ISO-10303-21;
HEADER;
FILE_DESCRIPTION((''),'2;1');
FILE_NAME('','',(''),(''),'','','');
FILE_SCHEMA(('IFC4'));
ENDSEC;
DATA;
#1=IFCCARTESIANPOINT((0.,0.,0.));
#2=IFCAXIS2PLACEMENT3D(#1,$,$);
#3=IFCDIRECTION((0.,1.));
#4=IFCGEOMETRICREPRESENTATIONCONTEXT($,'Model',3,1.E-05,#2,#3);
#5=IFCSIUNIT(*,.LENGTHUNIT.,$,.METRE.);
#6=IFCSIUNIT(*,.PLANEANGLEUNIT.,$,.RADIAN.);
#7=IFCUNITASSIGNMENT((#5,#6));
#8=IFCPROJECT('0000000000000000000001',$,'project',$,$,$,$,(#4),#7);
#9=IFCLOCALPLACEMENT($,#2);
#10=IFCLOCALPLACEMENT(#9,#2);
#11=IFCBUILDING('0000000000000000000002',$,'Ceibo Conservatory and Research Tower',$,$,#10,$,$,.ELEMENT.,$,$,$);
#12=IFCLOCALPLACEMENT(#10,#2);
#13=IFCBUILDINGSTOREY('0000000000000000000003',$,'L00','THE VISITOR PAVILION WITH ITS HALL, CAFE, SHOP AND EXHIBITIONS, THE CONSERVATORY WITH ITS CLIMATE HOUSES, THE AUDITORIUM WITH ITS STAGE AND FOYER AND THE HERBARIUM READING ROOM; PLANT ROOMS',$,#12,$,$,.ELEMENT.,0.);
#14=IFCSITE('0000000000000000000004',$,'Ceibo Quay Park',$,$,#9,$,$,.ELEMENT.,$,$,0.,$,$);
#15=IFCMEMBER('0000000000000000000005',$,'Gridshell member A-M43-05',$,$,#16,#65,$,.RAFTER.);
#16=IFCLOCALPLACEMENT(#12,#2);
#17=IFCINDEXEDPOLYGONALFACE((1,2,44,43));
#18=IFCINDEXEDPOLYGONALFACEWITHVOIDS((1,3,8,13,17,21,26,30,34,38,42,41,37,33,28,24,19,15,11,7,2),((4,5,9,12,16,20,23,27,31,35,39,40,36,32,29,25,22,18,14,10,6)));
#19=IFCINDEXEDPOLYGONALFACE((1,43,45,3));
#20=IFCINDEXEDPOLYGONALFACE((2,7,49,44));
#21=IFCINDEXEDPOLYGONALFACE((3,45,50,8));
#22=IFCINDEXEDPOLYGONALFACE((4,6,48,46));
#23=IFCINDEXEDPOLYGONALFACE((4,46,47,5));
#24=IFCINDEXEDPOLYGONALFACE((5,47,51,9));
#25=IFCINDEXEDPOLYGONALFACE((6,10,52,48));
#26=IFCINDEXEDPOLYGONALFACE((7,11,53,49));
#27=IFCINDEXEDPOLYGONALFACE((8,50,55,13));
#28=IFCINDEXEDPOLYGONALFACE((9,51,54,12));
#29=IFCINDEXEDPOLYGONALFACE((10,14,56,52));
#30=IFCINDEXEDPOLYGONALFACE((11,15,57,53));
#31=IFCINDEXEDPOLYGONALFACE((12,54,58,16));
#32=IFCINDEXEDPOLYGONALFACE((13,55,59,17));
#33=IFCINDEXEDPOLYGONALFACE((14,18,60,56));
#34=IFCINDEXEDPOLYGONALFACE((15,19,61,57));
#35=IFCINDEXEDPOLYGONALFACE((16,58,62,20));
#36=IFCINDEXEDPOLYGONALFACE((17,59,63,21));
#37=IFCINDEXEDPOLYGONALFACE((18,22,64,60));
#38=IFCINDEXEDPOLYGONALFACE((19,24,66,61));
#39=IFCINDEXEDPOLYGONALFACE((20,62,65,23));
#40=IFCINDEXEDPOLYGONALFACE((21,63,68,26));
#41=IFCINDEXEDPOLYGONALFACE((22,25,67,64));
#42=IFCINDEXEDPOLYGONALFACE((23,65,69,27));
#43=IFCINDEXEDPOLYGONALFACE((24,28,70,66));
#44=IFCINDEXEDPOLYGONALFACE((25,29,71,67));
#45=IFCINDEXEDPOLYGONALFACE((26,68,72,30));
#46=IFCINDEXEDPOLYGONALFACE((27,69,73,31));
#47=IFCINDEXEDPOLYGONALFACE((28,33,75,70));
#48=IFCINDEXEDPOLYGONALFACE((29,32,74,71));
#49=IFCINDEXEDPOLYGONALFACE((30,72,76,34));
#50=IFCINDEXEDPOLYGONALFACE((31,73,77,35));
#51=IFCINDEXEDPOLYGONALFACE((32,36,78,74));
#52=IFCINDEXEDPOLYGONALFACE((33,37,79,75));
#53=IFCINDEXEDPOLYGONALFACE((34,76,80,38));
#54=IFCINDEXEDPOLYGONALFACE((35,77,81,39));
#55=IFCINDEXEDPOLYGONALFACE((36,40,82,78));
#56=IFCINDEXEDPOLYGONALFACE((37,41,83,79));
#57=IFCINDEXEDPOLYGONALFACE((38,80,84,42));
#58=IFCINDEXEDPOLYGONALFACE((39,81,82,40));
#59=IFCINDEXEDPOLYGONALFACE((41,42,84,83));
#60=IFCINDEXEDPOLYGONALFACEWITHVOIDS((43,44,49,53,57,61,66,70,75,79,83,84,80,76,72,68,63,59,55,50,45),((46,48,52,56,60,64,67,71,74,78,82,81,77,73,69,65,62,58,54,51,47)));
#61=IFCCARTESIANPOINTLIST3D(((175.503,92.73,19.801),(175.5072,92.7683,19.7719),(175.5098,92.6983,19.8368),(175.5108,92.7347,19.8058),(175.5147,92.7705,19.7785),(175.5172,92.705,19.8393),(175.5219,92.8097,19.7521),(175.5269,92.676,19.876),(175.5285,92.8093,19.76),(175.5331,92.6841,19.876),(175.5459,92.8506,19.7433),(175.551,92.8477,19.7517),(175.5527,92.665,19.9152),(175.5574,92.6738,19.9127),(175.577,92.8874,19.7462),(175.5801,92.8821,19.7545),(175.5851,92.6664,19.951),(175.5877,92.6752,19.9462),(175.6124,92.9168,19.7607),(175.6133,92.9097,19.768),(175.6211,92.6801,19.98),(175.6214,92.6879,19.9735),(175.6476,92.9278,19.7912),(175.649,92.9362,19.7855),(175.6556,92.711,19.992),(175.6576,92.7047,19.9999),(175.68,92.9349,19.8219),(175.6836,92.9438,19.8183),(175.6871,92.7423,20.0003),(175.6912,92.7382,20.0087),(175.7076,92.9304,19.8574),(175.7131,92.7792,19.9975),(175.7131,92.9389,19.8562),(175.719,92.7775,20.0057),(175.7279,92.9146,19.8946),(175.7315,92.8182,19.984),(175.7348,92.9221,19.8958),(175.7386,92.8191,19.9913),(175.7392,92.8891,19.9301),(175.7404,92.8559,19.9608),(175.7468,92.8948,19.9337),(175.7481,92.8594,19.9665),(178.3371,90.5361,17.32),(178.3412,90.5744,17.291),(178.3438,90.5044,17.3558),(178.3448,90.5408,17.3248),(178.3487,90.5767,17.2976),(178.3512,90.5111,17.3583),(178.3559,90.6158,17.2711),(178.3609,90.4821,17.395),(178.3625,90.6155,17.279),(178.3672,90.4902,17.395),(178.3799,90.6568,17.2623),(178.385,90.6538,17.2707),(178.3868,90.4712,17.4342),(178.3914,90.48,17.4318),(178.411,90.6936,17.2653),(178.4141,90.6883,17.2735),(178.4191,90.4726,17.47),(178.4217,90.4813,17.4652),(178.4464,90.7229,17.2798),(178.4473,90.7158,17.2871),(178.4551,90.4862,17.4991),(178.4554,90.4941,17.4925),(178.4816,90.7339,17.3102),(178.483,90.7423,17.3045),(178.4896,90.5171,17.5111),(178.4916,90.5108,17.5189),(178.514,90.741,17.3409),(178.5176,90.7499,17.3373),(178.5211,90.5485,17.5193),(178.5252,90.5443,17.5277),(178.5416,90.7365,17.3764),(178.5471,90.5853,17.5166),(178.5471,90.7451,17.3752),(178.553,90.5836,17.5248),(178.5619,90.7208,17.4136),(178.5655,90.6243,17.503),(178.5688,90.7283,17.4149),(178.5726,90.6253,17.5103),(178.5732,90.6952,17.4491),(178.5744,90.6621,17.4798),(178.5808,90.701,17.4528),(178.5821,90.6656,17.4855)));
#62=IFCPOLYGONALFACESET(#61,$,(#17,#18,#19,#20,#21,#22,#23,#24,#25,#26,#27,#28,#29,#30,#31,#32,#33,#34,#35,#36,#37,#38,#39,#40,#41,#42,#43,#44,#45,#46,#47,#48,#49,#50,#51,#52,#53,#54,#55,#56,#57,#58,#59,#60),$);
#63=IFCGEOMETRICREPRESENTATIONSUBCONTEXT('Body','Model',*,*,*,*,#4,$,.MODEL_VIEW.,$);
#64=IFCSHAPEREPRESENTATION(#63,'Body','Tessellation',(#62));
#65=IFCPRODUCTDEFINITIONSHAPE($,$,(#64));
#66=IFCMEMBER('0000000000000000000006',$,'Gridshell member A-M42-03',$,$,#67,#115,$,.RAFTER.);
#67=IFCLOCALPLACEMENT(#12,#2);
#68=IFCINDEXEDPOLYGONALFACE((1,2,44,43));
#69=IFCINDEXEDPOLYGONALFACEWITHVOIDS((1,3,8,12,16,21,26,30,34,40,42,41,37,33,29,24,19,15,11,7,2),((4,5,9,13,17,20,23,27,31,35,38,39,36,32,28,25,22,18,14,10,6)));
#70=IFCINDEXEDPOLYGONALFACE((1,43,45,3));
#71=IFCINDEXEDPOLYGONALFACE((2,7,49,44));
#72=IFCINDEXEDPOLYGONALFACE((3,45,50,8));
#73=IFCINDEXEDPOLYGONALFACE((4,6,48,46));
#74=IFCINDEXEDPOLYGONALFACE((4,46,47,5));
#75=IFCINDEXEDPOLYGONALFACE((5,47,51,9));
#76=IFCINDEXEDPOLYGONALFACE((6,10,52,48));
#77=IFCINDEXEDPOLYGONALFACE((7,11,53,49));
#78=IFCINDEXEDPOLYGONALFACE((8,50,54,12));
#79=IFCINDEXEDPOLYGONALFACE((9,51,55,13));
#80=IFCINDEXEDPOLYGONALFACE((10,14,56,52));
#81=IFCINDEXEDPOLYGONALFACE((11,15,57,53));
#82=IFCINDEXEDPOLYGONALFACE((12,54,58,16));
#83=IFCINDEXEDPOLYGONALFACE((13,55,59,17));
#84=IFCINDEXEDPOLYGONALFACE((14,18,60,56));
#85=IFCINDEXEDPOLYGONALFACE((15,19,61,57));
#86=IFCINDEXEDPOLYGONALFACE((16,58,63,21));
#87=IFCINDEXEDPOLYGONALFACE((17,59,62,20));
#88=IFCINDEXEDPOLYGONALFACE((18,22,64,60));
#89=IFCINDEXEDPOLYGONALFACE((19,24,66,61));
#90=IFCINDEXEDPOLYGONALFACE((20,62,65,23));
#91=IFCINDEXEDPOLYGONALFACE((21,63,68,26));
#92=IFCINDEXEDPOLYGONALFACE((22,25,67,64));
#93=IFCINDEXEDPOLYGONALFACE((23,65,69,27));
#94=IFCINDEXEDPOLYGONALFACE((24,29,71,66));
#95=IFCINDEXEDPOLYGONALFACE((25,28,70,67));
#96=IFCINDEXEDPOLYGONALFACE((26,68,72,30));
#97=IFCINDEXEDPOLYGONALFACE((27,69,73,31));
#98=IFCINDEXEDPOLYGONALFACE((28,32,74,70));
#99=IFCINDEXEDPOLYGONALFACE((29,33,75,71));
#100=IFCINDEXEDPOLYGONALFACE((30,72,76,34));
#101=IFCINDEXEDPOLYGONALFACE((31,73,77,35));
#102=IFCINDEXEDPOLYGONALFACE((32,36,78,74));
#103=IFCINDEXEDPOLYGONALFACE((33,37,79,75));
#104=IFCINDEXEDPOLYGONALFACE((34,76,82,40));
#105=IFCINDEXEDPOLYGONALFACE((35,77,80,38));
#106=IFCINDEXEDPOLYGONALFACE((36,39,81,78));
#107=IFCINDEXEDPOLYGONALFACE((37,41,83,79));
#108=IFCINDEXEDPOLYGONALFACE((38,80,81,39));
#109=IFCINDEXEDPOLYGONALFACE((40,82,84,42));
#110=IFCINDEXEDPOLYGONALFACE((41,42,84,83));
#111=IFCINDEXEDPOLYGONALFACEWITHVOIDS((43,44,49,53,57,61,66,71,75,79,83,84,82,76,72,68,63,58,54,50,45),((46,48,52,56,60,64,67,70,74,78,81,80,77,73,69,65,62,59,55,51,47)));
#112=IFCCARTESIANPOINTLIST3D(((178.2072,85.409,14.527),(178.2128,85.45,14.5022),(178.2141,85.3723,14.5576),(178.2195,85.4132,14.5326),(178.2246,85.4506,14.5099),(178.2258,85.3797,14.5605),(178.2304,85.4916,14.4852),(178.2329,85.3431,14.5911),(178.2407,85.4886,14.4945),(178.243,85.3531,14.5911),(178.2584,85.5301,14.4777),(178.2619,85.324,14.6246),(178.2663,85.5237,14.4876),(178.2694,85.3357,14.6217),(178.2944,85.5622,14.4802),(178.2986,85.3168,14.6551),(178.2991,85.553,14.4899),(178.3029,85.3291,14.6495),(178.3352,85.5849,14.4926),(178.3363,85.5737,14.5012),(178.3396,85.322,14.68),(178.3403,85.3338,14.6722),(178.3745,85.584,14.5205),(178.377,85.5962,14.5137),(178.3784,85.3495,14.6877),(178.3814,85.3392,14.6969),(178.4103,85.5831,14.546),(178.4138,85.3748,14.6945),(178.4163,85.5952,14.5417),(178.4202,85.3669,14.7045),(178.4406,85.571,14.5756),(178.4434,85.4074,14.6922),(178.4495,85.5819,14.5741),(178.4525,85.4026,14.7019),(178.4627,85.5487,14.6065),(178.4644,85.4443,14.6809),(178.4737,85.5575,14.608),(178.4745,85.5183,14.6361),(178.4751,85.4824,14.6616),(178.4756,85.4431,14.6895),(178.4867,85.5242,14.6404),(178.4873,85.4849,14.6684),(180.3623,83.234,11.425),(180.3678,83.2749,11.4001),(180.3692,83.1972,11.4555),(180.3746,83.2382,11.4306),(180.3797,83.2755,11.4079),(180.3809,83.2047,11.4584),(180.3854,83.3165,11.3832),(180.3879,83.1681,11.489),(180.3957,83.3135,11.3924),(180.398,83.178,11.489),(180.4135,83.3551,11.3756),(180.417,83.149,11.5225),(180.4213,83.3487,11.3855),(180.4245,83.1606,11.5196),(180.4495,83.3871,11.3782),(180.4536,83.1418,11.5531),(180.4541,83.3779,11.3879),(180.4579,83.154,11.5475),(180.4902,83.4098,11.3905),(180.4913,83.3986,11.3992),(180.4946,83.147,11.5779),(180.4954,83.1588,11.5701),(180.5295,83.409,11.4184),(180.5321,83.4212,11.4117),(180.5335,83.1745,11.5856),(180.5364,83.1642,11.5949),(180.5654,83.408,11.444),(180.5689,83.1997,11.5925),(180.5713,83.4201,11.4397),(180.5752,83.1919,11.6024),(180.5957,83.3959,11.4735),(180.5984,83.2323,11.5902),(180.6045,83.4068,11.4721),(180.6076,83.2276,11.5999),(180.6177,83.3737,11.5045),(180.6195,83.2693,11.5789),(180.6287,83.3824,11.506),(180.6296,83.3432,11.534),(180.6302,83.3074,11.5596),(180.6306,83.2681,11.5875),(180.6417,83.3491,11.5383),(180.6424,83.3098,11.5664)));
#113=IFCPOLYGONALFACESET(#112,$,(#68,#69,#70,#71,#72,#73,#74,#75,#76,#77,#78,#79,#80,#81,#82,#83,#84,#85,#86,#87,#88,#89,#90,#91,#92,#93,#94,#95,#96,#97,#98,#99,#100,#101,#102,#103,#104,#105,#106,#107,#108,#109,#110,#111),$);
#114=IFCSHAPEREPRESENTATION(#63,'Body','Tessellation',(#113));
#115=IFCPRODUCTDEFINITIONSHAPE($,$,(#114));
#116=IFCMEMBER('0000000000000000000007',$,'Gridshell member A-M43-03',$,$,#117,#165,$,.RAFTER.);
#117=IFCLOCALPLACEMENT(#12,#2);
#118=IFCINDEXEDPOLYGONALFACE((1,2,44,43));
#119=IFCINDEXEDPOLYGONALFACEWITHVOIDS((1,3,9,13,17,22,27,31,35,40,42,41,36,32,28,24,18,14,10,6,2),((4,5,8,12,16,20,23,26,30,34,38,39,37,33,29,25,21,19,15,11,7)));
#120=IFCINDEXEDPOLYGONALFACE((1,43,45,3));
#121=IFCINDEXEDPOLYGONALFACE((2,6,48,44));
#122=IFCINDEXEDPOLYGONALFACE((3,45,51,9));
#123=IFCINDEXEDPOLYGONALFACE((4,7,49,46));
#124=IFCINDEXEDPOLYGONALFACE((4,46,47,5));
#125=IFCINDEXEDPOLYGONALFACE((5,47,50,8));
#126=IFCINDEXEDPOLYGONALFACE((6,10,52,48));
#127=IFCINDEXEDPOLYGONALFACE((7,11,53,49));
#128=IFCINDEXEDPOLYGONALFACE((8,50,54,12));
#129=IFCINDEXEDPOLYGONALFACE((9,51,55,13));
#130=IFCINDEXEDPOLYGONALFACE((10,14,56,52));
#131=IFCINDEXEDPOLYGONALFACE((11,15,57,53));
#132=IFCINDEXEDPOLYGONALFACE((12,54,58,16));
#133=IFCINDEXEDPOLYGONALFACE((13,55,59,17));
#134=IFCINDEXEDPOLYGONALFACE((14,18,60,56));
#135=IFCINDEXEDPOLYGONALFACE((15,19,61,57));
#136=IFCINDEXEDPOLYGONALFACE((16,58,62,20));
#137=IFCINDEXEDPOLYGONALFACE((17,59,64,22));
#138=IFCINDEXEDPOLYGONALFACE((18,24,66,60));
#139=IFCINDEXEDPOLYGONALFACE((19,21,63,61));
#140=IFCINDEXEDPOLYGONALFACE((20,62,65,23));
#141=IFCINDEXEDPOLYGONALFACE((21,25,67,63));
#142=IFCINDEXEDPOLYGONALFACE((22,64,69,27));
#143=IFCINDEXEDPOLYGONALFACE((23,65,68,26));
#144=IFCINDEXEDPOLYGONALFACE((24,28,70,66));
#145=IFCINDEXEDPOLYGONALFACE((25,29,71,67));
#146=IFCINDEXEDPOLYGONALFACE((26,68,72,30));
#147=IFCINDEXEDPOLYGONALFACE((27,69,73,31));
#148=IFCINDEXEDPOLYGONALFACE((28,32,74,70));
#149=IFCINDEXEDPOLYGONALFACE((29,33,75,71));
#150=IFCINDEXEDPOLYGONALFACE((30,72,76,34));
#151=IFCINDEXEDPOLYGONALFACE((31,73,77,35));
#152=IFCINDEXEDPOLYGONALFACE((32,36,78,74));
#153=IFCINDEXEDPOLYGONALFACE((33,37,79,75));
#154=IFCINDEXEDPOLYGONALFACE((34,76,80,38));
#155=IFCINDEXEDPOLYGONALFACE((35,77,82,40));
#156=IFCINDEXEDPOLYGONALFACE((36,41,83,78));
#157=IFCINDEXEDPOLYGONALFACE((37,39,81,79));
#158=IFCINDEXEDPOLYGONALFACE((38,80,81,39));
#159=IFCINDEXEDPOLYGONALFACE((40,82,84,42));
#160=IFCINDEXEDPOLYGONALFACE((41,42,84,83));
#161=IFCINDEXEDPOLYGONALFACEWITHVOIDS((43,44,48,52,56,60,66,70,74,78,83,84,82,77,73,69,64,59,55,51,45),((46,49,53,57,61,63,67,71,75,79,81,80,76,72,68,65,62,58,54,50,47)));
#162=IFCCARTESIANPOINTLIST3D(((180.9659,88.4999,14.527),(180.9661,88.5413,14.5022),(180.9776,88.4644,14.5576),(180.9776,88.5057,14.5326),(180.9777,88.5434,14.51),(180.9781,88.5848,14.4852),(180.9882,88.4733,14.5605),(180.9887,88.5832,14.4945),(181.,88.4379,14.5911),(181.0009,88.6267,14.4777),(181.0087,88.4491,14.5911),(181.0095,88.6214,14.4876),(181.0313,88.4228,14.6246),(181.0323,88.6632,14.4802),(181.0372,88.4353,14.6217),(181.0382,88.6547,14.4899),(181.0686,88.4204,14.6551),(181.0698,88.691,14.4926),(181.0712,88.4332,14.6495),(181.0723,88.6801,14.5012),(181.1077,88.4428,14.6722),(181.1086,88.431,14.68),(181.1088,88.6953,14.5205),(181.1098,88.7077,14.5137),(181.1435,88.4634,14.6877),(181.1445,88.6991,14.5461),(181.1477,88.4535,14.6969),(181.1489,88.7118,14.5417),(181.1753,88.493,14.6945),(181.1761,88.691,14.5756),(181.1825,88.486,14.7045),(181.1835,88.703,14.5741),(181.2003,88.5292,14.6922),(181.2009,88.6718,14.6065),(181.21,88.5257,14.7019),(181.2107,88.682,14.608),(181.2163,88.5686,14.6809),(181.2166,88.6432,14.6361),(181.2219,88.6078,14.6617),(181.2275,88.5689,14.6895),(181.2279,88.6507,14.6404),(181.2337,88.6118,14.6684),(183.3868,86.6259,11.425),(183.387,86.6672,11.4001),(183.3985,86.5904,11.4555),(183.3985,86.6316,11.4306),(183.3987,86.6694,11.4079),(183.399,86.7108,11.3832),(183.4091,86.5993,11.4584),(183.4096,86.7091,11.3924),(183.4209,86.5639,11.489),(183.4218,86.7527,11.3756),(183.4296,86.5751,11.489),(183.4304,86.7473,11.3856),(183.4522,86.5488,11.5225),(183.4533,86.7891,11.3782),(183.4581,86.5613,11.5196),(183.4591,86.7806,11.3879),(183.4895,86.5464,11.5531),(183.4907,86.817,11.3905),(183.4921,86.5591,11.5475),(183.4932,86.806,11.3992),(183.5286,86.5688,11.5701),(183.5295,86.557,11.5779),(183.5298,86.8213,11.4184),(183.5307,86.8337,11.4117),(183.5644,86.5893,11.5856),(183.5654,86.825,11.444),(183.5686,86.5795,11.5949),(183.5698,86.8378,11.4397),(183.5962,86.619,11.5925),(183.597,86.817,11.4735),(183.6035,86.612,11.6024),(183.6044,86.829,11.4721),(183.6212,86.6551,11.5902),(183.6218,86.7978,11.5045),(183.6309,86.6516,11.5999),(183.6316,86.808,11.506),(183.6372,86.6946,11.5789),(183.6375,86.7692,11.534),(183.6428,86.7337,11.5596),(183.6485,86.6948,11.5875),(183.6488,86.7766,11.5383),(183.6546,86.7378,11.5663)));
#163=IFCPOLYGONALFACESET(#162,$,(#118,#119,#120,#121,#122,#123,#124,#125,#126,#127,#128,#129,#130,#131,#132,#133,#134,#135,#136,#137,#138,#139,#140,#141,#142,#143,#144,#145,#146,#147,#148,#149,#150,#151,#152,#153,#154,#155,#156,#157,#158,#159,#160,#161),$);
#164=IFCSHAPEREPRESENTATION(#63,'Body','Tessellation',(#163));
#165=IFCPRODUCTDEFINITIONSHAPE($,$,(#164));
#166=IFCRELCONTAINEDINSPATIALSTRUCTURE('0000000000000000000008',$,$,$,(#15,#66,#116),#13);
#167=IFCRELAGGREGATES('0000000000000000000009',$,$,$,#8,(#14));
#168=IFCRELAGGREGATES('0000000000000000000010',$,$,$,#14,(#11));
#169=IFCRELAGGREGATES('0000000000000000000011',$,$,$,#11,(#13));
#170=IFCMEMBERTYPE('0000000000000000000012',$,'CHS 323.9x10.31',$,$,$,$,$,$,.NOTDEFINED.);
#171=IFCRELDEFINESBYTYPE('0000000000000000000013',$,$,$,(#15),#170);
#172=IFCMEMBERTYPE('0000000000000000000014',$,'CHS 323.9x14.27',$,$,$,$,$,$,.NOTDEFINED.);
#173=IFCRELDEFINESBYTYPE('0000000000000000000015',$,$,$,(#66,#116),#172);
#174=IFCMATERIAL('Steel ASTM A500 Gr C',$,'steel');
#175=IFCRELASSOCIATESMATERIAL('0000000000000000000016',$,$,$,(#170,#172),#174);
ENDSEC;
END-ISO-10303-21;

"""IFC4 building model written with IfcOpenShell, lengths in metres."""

from ifc_helpers import new_model, si_unit, direction, frame, origin, origin_2d, place, context, subcontext, project, spatial, hollow_circle, extrude, material, material_profile, profile_set, type_object, element, save


model = new_model("IFC4")

# Units and contexts
model_context = context("Model", 3, precision=1e-05, world=origin(), true_north=direction((0.0, 1.0)))
body_context = subcontext(model_context, "Body", "Model", "MODEL_VIEW")
ifc_project = project(units=[si_unit("LENGTHUNIT", "METRE"), si_unit("PLANEANGLEUNIT", "RADIAN")], contexts=[model_context])

# Site, building, storey
site_placement = place(None, origin())
site = spatial("IfcSite", under=ifc_project, at=site_placement, Name="Ceibo Quay Park", CompositionType="ELEMENT", RefElevation=0.0)
building_placement = place(site_placement, origin())
building = spatial("IfcBuilding", under=site, at=building_placement, Name="Ceibo Conservatory and Research Tower", CompositionType="ELEMENT")
storey_placement = place(building_placement, origin())
storey = spatial("IfcBuildingStorey", under=building, at=storey_placement, Name="L00", Description="THE VISITOR PAVILION WITH ITS HALL, CAFE, SHOP AND EXHIBITIONS, THE CONSERVATORY WITH ITS CLIMATE HOUSES, THE AUDITORIUM WITH ITS STAGE AND FOYER AND THE HERBARIUM READING ROOM; PLANT ROOMS", CompositionType="ELEMENT", Elevation=0.0)

# Members
ifc_material_1 = material(Name="Steel ASTM A500 Gr C", Category="steel")
ifc_material_profile_1 = material_profile(ifc_material_1, hollow_circle(Radius=0.1619, WallThickness=0.0103, at=origin_2d()), Name="CHS 323.9x10.31")
ifc_profile_set_1 = profile_set([ifc_material_profile_1], Name="Steel ASTM A500 Gr C")
member_type_1 = type_object("IfcMemberType", Name="CHS 323.9x10.31", PredefinedType="NOTDEFINED", material=ifc_profile_set_1)
member_1_placement = place(storey_placement, frame((178.46, 90.6101, 17.395), z_axis=(-0.650168, 0.503309, 0.569177), x_axis=(-0.612137, -0.790751, 0.0)))
element("IfcMember", 1, at=member_1_placement, inside=storey, type_object=member_type_1, Name="Gridshell member A-M43-05", PredefinedType="RAFTER", context=body_context, shape_type="SweptSolid", body=[
    extrude(hollow_circle(Radius=0.1619, WallThickness=0.0103, at=origin_2d()), origin(), (0.0, 0.0, 1.0), 4.3589),
])
ifc_material_profile_2 = material_profile(ifc_material_1, hollow_circle(Radius=0.1619, WallThickness=0.0142, at=origin_2d()), Name="CHS 323.9x14.27")
ifc_profile_set_2 = profile_set([ifc_material_profile_2], Name="Steel ASTM A500 Gr C")
member_type_2 = type_object("IfcMemberType", Name="CHS 323.9x14.27", PredefinedType="NOTDEFINED", material=ifc_profile_set_2)
member_2_placement = place(storey_placement, frame((180.5029, 83.282, 11.489), z_axis=(-0.494427, 0.499021, 0.711702), x_axis=(-0.710368, -0.70383, 0.0)))
element("IfcMember", 2, at=member_2_placement, inside=storey, type_object=member_type_2, Name="Gridshell member A-M42-03", PredefinedType="RAFTER", context=body_context, shape_type="SweptSolid", body=[
    extrude(hollow_circle(Radius=0.1619, WallThickness=0.0142, at=origin_2d()), origin(), (0.0, 0.0, 1.0), 4.3586),
])
member_3_placement = place(storey_placement, frame((183.52, 86.6919, 11.489), z_axis=(-0.555459, 0.429982, 0.711745), x_axis=(-0.612128, -0.790759, 0.0)))
element("IfcMember", 3, at=member_3_placement, inside=storey, type_object=member_type_2, Name="Gridshell member A-M43-03", PredefinedType="RAFTER", context=body_context, shape_type="SweptSolid", body=[
    extrude(hollow_circle(Radius=0.1619, WallThickness=0.0142, at=origin_2d()), origin(), (0.0, 0.0, 1.0), 4.3584),
])

save(model, "model.ifc")
